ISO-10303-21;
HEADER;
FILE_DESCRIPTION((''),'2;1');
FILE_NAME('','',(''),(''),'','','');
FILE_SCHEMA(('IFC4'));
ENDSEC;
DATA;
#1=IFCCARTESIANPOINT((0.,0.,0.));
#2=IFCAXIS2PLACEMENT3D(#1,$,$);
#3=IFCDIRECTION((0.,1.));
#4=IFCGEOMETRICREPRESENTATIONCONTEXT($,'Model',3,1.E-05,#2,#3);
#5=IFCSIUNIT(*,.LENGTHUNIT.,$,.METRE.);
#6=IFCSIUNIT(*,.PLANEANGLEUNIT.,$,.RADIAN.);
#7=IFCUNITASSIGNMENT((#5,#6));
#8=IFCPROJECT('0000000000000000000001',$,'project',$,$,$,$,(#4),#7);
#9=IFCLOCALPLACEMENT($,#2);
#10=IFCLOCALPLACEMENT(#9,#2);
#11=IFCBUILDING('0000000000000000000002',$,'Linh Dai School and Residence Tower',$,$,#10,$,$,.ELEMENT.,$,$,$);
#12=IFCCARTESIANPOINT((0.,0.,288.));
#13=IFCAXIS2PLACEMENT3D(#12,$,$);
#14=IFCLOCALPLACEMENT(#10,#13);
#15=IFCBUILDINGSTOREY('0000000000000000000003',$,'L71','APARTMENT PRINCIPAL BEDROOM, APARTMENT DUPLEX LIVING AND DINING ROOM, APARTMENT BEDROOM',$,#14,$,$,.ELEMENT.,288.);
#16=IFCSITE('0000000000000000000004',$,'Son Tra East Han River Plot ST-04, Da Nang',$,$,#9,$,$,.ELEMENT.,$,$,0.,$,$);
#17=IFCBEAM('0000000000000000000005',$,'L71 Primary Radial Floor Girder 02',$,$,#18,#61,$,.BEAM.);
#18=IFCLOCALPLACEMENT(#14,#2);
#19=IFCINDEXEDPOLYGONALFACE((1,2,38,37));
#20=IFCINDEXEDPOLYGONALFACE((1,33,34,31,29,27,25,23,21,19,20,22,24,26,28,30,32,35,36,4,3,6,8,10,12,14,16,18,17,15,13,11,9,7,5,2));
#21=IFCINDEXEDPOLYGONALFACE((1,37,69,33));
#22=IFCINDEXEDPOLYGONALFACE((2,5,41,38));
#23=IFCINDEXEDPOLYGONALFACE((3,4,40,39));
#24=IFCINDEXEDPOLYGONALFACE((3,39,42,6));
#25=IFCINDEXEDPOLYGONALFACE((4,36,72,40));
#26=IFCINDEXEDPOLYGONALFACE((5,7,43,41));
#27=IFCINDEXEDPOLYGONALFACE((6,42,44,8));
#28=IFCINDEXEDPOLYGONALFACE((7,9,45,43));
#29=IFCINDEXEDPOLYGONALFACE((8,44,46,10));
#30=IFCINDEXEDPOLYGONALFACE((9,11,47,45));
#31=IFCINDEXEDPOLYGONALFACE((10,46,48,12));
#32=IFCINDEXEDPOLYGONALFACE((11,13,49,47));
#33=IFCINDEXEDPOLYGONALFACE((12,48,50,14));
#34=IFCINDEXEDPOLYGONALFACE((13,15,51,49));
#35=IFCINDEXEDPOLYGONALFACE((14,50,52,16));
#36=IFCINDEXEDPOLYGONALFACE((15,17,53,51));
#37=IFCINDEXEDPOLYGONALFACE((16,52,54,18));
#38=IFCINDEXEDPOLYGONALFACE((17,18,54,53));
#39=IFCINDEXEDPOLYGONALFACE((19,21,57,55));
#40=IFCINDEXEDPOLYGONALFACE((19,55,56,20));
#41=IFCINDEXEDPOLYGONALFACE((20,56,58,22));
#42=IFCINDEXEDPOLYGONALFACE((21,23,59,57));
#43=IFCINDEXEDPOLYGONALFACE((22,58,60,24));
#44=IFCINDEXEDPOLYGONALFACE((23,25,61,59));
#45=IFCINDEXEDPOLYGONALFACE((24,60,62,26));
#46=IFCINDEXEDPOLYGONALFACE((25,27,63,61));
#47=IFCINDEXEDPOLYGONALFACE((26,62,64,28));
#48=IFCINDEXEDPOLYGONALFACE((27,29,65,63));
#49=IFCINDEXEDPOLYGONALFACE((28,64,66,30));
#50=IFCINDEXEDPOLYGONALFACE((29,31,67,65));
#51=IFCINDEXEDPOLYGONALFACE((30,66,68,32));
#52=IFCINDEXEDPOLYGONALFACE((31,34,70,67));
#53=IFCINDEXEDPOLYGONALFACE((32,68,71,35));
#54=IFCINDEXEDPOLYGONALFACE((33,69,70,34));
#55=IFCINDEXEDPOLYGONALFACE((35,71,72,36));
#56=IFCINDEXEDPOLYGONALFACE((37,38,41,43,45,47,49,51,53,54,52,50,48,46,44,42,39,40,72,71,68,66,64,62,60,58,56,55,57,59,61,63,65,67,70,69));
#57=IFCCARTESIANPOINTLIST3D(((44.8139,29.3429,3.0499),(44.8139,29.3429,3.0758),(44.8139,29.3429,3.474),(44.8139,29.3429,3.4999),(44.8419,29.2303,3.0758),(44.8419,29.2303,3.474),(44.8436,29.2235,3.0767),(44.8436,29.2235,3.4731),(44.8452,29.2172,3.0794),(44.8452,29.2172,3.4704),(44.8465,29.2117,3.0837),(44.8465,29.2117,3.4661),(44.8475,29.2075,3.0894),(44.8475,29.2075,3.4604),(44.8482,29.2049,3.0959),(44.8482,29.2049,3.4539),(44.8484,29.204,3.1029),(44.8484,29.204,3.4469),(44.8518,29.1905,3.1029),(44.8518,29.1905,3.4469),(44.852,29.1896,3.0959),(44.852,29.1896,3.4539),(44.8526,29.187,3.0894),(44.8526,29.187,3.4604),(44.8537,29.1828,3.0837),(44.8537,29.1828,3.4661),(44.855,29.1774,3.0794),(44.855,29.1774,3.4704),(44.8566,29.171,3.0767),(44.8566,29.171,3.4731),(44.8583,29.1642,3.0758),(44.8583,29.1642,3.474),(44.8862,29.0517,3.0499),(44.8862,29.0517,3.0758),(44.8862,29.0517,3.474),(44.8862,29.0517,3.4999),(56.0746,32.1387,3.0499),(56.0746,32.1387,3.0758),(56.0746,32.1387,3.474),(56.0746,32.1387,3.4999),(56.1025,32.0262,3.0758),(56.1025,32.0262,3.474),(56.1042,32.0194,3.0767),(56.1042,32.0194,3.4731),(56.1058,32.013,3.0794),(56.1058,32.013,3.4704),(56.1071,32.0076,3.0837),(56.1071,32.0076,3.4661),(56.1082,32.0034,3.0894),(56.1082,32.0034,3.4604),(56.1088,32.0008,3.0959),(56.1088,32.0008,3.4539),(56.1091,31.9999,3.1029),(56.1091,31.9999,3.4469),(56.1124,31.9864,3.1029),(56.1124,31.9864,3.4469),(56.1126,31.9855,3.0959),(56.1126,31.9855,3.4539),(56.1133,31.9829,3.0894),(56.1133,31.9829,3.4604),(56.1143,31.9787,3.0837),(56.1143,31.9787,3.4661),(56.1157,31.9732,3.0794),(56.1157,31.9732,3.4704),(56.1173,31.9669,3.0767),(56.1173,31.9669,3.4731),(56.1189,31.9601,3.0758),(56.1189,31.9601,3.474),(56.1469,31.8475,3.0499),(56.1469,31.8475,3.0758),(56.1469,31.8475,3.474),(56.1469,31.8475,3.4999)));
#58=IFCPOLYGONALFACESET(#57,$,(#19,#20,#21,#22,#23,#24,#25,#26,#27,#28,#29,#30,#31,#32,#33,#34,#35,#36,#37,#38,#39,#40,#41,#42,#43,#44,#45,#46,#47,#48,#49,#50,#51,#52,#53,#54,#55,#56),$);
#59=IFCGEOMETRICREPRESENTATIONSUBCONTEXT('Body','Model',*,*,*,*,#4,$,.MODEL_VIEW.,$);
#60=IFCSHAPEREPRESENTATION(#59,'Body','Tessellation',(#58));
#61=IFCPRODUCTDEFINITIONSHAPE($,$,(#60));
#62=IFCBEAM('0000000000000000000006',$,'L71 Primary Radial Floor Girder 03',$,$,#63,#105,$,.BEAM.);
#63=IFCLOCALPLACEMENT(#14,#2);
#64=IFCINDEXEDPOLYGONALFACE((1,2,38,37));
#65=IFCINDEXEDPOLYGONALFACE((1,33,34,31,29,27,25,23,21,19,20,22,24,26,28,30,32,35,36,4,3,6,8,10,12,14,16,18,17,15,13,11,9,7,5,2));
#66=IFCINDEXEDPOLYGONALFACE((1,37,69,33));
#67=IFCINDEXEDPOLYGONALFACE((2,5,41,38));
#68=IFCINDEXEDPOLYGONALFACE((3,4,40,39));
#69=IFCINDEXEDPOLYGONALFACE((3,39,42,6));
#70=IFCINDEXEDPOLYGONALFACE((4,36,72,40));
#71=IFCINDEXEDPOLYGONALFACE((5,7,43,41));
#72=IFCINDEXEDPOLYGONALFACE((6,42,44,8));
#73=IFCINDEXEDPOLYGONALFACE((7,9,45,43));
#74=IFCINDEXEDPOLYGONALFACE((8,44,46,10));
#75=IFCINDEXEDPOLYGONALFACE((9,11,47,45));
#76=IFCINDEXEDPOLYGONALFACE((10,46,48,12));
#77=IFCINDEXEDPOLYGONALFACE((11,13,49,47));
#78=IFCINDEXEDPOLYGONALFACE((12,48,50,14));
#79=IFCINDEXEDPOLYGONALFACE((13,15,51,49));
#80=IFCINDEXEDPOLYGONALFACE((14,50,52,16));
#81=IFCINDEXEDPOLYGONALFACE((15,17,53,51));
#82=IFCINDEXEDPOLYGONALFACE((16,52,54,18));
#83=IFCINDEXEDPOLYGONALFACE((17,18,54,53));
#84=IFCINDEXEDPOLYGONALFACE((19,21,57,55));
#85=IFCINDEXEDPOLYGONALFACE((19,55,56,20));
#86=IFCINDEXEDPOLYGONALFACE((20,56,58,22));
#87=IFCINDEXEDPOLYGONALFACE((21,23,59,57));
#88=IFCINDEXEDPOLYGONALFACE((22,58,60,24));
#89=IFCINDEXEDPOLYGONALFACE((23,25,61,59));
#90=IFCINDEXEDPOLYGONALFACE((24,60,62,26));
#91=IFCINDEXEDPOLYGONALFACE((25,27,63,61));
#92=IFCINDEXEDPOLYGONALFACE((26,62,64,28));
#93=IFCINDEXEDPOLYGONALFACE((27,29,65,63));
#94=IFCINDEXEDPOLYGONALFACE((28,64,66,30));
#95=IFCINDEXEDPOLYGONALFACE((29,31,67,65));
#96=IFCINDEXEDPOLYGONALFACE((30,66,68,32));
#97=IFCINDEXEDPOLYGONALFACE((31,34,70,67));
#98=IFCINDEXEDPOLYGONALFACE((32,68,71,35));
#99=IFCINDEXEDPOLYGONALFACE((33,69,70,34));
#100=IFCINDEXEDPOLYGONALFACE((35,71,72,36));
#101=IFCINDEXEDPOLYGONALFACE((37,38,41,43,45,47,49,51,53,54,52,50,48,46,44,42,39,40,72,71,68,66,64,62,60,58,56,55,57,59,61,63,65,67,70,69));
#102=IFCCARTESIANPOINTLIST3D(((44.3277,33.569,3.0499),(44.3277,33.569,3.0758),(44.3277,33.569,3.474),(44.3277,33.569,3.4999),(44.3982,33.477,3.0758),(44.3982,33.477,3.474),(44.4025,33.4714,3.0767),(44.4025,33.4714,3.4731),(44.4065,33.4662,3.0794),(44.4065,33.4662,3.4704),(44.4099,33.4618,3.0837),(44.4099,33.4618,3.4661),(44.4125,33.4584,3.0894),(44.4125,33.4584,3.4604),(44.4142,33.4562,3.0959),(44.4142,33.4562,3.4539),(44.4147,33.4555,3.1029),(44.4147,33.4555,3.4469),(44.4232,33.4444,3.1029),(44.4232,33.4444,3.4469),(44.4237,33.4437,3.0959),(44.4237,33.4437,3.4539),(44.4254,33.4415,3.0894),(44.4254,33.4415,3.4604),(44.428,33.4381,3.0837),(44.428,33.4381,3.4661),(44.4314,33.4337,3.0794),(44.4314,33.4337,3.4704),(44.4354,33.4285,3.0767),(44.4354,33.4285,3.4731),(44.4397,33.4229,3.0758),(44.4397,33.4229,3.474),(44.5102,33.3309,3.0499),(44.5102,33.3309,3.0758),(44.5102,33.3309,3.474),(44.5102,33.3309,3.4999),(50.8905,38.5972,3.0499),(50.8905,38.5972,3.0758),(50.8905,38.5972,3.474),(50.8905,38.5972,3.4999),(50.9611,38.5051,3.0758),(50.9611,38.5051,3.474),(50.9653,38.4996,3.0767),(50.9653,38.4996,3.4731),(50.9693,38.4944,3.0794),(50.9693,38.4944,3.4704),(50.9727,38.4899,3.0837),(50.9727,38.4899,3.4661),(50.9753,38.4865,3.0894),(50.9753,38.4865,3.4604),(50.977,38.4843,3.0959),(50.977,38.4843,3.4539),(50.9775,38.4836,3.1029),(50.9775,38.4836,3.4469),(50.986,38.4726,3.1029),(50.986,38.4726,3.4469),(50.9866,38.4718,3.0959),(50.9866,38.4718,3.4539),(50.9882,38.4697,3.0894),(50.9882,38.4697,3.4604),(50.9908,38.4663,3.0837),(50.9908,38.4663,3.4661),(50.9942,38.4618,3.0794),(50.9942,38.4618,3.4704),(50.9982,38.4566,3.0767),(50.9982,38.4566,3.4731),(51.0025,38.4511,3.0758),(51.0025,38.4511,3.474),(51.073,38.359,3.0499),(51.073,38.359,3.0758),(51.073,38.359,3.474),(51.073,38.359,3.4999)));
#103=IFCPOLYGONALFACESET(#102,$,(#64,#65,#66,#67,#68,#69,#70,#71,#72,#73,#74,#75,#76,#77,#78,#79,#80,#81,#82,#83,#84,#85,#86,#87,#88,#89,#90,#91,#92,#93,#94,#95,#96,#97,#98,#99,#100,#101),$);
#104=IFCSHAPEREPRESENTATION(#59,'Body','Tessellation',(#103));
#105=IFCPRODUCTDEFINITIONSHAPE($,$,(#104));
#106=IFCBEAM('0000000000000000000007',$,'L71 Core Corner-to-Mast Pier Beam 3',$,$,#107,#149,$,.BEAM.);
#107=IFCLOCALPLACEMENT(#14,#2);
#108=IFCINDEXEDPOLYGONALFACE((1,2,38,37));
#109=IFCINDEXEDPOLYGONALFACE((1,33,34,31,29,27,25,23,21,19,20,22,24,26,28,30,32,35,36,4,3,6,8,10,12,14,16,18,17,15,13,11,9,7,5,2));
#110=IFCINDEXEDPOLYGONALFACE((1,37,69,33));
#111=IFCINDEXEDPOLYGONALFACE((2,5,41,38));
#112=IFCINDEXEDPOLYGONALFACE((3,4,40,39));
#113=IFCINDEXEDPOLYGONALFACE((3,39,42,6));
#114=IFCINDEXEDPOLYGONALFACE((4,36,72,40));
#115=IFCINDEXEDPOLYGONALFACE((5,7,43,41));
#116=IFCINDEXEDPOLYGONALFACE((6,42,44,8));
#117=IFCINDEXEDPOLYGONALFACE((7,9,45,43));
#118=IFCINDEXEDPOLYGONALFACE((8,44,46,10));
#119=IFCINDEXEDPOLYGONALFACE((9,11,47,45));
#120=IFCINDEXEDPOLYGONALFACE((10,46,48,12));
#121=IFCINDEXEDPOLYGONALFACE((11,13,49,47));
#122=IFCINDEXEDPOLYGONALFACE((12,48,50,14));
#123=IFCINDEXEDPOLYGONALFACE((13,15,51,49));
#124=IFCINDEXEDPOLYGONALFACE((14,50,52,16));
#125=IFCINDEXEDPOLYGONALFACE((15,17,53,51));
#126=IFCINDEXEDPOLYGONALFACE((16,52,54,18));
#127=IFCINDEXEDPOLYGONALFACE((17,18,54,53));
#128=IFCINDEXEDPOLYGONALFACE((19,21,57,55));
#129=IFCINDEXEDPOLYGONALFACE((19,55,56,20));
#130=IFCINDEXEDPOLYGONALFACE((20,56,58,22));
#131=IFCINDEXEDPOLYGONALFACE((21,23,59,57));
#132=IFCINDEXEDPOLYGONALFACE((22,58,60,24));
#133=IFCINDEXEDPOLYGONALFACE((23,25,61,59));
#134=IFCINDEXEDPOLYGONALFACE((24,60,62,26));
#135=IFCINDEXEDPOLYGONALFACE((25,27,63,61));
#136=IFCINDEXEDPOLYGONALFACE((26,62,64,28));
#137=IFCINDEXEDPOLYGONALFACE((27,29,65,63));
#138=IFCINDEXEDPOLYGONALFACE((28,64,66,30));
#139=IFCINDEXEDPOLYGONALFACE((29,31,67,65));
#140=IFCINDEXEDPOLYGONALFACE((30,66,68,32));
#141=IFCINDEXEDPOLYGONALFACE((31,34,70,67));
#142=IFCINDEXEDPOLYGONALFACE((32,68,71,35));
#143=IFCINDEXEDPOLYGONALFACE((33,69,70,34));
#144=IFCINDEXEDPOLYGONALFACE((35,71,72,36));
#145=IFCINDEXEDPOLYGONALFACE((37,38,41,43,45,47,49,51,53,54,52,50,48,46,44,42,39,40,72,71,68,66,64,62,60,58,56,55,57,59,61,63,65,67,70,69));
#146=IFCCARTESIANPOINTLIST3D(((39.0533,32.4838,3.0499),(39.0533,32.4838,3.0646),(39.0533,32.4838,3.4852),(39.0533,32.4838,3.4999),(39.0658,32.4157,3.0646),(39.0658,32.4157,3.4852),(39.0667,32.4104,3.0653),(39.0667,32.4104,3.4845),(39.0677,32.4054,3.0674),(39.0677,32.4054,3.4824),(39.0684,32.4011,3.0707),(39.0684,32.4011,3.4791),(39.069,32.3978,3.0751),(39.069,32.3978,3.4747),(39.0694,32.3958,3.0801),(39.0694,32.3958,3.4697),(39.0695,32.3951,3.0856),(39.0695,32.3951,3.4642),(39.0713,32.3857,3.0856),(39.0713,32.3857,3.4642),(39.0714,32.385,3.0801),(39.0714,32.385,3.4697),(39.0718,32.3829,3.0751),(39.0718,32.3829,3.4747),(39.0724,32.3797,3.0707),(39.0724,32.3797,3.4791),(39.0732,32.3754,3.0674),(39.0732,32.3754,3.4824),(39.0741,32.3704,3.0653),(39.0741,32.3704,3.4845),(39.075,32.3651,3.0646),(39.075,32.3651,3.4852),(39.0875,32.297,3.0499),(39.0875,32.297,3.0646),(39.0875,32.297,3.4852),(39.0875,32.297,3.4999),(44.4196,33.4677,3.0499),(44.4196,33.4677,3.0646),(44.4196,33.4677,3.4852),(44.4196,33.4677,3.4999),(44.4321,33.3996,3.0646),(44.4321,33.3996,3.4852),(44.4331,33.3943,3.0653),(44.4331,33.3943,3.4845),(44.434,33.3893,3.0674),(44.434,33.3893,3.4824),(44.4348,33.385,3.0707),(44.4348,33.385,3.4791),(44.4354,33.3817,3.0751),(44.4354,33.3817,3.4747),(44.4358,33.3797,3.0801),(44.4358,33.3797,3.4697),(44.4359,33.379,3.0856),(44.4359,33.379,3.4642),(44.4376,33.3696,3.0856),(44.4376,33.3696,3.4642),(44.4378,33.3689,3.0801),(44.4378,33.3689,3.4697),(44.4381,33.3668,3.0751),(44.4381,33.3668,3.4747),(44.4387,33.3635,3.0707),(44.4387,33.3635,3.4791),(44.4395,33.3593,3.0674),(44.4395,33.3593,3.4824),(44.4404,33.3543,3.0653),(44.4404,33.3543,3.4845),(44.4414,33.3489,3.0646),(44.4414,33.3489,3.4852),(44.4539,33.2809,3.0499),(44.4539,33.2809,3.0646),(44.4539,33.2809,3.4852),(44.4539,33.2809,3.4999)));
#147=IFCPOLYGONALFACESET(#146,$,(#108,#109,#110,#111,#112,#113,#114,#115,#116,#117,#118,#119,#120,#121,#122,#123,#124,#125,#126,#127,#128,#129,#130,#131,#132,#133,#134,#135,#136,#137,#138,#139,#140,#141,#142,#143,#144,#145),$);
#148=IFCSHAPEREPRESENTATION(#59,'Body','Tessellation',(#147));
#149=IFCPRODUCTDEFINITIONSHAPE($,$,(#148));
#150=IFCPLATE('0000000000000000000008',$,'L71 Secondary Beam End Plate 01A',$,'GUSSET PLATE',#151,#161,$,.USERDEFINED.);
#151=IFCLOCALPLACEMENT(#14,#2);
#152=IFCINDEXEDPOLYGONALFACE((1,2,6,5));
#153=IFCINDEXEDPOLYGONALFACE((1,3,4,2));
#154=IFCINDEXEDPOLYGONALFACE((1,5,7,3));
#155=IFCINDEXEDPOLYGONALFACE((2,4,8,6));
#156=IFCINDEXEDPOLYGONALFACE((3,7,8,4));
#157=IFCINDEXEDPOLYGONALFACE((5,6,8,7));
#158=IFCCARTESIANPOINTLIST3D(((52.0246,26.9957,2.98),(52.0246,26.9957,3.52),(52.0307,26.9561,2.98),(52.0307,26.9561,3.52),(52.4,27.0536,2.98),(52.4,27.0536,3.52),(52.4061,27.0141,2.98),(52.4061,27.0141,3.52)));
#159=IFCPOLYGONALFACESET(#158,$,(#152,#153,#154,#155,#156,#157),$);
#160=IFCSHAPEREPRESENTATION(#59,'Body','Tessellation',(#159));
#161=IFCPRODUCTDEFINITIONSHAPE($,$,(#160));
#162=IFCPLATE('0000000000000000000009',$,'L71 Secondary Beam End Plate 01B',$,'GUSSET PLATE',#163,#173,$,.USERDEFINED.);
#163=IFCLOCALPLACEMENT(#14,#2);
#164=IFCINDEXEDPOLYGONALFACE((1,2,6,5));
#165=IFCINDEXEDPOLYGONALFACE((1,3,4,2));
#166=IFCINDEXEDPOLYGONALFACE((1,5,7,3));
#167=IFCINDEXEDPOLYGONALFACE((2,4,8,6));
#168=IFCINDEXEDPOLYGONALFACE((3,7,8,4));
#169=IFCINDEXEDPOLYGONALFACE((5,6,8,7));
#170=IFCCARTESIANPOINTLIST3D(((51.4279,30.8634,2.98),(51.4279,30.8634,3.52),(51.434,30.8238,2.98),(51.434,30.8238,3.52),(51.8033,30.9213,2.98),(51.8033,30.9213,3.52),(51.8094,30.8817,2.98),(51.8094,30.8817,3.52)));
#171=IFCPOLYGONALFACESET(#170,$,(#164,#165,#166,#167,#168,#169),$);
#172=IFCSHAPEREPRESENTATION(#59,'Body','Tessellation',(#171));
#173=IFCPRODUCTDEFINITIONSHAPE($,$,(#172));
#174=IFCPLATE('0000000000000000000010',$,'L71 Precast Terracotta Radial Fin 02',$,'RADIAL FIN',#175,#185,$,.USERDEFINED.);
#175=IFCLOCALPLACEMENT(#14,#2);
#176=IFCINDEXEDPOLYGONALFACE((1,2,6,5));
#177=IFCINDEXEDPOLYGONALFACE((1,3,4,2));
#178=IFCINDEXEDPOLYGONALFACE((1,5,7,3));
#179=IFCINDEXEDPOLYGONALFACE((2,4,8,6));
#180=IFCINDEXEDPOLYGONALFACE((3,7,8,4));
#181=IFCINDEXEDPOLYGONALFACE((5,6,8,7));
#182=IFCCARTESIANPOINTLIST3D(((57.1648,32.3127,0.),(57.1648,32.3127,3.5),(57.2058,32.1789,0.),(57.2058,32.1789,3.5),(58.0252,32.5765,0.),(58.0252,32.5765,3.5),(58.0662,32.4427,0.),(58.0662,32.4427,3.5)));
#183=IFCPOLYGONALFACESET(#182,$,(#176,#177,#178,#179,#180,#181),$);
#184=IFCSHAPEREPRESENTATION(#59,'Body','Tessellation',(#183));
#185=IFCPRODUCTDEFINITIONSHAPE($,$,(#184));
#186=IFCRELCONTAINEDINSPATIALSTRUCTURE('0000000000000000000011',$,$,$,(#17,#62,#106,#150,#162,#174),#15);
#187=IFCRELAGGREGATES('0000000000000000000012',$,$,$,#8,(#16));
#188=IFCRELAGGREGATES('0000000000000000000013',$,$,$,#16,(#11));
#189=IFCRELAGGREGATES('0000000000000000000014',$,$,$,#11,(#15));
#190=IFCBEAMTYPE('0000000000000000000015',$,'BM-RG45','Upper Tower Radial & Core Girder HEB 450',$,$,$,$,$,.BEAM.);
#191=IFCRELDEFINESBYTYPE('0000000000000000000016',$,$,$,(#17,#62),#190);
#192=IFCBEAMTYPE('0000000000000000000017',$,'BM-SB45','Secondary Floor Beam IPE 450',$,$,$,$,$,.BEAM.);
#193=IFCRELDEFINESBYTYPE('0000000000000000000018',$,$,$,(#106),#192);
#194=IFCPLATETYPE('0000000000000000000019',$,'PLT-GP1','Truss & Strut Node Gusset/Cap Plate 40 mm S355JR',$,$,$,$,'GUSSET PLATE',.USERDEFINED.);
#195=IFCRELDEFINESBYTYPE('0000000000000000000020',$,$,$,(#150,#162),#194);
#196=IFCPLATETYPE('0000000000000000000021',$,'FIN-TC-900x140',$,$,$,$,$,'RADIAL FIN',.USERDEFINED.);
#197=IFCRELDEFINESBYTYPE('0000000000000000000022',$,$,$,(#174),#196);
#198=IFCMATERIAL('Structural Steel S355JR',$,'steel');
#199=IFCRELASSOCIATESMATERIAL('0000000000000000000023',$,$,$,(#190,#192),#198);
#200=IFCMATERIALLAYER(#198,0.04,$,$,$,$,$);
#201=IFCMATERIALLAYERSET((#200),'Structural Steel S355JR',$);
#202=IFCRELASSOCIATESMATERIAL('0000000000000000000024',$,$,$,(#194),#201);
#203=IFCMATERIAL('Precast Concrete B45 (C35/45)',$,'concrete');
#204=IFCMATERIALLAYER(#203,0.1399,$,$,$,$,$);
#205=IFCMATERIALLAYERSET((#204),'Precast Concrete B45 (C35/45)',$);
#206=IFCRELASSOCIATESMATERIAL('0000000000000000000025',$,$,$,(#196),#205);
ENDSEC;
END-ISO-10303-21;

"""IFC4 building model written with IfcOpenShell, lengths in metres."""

from ifc_helpers import new_model, si_unit, direction, frame, origin, origin_2d, place, context, subcontext, project, spatial, rectangle, i_section, extrude, source, transform, mapped, material, layer, layer_set, material_profile, profile_set, type_object, element, save


model = new_model("IFC4")

# Units and contexts
model_context = context("Model", 3, precision=1e-05, world=origin(), true_north=direction((0.0, 1.0)))
body_context = subcontext(model_context, "Body", "Model", "MODEL_VIEW")
ifc_project = project(units=[si_unit("LENGTHUNIT", "METRE"), si_unit("PLANEANGLEUNIT", "RADIAN")], contexts=[model_context])

# Site, building, storey
site_placement = place(None, origin())
site = spatial("IfcSite", under=ifc_project, at=site_placement, Name="Son Tra East Han River Plot ST-04, Da Nang", CompositionType="ELEMENT", RefElevation=0.0)
building_placement = place(site_placement, origin())
building = spatial("IfcBuilding", under=site, at=building_placement, Name="Linh Dai School and Residence Tower", CompositionType="ELEMENT")
storey_placement = place(building_placement, frame((0.0, 0.0, 288.0)))
storey = spatial("IfcBuildingStorey", under=building, at=storey_placement, Name="L71", Description="APARTMENT PRINCIPAL BEDROOM, APARTMENT DUPLEX LIVING AND DINING ROOM, APARTMENT BEDROOM", CompositionType="ELEMENT", Elevation=288.0)

# Shared definitions
ifc_material_1 = material(Name="Structural Steel S355JR", Category="steel")

# Beams
ifc_material_profile_1 = material_profile(ifc_material_1, i_section(OverallWidth=0.3, OverallDepth=0.45, WebThickness=0.0139, FlangeThickness=0.0259, FilletRadius=0.0271, at=origin_2d()), Name="HEB 450")
ifc_profile_set_1 = profile_set([ifc_material_profile_1], Name="Structural Steel S355JR")
beam_type_1 = type_object("IfcBeamType", Name="BM-RG45", Description="Upper Tower Radial & Core Girder HEB 450", PredefinedType="BEAM", material=ifc_profile_set_1)
beam_1_placement = place(storey_placement, frame((44.8501, 29.1973, 3.2749), z_axis=(0.970532, 0.240971, 0.0), x_axis=(-0.240971, 0.970532, 0.0)))
element("IfcBeam", 1, at=beam_1_placement, inside=storey, type_object=beam_type_1, Name="L71 Primary Radial Floor Girder 02", PredefinedType="BEAM", context=body_context, shape_type="SweptSolid", body=[
    extrude(i_section(OverallWidth=0.3, OverallDepth=0.45, WebThickness=0.0139, FlangeThickness=0.0259, FilletRadius=0.0271, at=origin_2d()), origin(), (0.0, 0.0, 1.0), 11.6025),
])
beam_2_placement = place(storey_placement, frame((44.4189, 33.45, 3.2749), z_axis=(0.793803, 0.608175, 0.0), x_axis=(-0.608175, 0.793803, 0.0)))
element("IfcBeam", 2, at=beam_2_placement, inside=storey, type_object=beam_type_1, Name="L71 Primary Radial Floor Girder 03", PredefinedType="BEAM", context=body_context, shape_type="SweptSolid", body=[
    extrude(i_section(OverallWidth=0.3, OverallDepth=0.45, WebThickness=0.0139, FlangeThickness=0.0259, FilletRadius=0.0271, at=origin_2d()), origin(), (0.0, 0.0, 1.0), 8.2676),
])
ifc_material_profile_2 = material_profile(ifc_material_1, i_section(OverallWidth=0.1899, OverallDepth=0.45, WebThickness=0.0095, FlangeThickness=0.0146, FilletRadius=0.021, at=origin_2d()), Name="IPE 450")
ifc_profile_set_2 = profile_set([ifc_material_profile_2], Name="Structural Steel S355JR")
beam_type_2 = type_object("IfcBeamType", Name="BM-SB45", Description="Secondary Floor Beam IPE 450", PredefinedType="BEAM", material=ifc_profile_set_2)
beam_3_placement = place(storey_placement, frame((44.4368, 33.3743, 3.2749), z_axis=(-0.983605, -0.180334, 0.0), x_axis=(0.180334, -0.983605, 0.0)))
element("IfcBeam", 3, at=beam_3_placement, inside=storey, type_object=beam_type_2, Name="L71 Core Corner-to-Mast Pier Beam 3", PredefinedType="BEAM", context=body_context, shape_type="SweptSolid", body=[
    extrude(i_section(OverallWidth=0.1899, OverallDepth=0.45, WebThickness=0.0095, FlangeThickness=0.0146, FilletRadius=0.021, at=origin_2d()), origin(), (0.0, 0.0, 1.0), 5.4558),
])

# Plates
ifc_layer_1 = layer(ifc_material_1, 0.04)
ifc_layer_set_1 = layer_set([ifc_layer_1], Name="Structural Steel S355JR")
plate_type_1 = type_object("IfcPlateType", Name="PLT-GP1", Description="Truss & Strut Node Gusset/Cap Plate 40 mm S355JR", ElementType="GUSSET PLATE", PredefinedType="USERDEFINED", material=ifc_layer_set_1)
shared_shape_1 = source(origin(), body_context, "Body", "SweptSolid", [
    extrude(rectangle(XDim=0.04, YDim=0.3799, at=origin_2d()), origin(), (0.0, 0.0, 1.0), 0.54),
])
for number, where, z_axis, x_axis, name in (
    (4, (52.2153, 27.0049, 2.98), (0.0, 0.0, 1.0), (-0.152474, 0.988308, 0.0), "L71 Secondary Beam End Plate 01A"),
    (5, (51.6187, 30.8726, 2.98), (0.0, 0.0, 1.0), (-0.152474, 0.988308, 0.0), "L71 Secondary Beam End Plate 01B"),
):
    element("IfcPlate", number, at=place(storey_placement, frame(where, z_axis=z_axis, x_axis=x_axis)), inside=storey, type_object=plate_type_1, Name=name, ObjectType="GUSSET PLATE", PredefinedType="USERDEFINED", context=body_context, shape_type="MappedRepresentation", body=[
        mapped(shared_shape_1, transform((0.0, 0.0, 0.0), x_axis=(1.0, 0.0, 0.0), y_axis=(0.0, 1.0, 0.0), z_axis=(0.0, 0.0, 1.0), scale=1.0)),
    ])
ifc_material_2 = material(Name="Precast Concrete B45 (C35/45)", Category="concrete")
ifc_layer_2 = layer(ifc_material_2, 0.1399)
ifc_layer_set_2 = layer_set([ifc_layer_2], Name="Precast Concrete B45 (C35/45)")
plate_type_2 = type_object("IfcPlateType", Name="FIN-TC-900x140", ElementType="RADIAL FIN", PredefinedType="USERDEFINED", material=ifc_layer_set_2)
shared_shape_2 = source(origin(), body_context, "Body", "SweptSolid", [
    extrude(rectangle(XDim=0.8999, YDim=0.1399, at=origin_2d()), origin(), (0.0, 0.0, 1.0), 3.5),
])
plate_placement = place(storey_placement, frame((57.6155, 32.3777, 0.0), z_axis=(0.0, 0.0, 1.0), x_axis=(0.956069, 0.293141, 0.0)))
element("IfcPlate", 6, at=plate_placement, inside=storey, type_object=plate_type_2, Name="L71 Precast Terracotta Radial Fin 02", ObjectType="RADIAL FIN", PredefinedType="USERDEFINED", context=body_context, shape_type="MappedRepresentation", body=[
    mapped(shared_shape_2, transform((0.0, 0.0, 0.0), x_axis=(1.0, 0.0, 0.0), y_axis=(0.0, 1.0, 0.0), z_axis=(0.0, 0.0, 1.0), scale=1.0)),
])

save(model, "model.ifc")
